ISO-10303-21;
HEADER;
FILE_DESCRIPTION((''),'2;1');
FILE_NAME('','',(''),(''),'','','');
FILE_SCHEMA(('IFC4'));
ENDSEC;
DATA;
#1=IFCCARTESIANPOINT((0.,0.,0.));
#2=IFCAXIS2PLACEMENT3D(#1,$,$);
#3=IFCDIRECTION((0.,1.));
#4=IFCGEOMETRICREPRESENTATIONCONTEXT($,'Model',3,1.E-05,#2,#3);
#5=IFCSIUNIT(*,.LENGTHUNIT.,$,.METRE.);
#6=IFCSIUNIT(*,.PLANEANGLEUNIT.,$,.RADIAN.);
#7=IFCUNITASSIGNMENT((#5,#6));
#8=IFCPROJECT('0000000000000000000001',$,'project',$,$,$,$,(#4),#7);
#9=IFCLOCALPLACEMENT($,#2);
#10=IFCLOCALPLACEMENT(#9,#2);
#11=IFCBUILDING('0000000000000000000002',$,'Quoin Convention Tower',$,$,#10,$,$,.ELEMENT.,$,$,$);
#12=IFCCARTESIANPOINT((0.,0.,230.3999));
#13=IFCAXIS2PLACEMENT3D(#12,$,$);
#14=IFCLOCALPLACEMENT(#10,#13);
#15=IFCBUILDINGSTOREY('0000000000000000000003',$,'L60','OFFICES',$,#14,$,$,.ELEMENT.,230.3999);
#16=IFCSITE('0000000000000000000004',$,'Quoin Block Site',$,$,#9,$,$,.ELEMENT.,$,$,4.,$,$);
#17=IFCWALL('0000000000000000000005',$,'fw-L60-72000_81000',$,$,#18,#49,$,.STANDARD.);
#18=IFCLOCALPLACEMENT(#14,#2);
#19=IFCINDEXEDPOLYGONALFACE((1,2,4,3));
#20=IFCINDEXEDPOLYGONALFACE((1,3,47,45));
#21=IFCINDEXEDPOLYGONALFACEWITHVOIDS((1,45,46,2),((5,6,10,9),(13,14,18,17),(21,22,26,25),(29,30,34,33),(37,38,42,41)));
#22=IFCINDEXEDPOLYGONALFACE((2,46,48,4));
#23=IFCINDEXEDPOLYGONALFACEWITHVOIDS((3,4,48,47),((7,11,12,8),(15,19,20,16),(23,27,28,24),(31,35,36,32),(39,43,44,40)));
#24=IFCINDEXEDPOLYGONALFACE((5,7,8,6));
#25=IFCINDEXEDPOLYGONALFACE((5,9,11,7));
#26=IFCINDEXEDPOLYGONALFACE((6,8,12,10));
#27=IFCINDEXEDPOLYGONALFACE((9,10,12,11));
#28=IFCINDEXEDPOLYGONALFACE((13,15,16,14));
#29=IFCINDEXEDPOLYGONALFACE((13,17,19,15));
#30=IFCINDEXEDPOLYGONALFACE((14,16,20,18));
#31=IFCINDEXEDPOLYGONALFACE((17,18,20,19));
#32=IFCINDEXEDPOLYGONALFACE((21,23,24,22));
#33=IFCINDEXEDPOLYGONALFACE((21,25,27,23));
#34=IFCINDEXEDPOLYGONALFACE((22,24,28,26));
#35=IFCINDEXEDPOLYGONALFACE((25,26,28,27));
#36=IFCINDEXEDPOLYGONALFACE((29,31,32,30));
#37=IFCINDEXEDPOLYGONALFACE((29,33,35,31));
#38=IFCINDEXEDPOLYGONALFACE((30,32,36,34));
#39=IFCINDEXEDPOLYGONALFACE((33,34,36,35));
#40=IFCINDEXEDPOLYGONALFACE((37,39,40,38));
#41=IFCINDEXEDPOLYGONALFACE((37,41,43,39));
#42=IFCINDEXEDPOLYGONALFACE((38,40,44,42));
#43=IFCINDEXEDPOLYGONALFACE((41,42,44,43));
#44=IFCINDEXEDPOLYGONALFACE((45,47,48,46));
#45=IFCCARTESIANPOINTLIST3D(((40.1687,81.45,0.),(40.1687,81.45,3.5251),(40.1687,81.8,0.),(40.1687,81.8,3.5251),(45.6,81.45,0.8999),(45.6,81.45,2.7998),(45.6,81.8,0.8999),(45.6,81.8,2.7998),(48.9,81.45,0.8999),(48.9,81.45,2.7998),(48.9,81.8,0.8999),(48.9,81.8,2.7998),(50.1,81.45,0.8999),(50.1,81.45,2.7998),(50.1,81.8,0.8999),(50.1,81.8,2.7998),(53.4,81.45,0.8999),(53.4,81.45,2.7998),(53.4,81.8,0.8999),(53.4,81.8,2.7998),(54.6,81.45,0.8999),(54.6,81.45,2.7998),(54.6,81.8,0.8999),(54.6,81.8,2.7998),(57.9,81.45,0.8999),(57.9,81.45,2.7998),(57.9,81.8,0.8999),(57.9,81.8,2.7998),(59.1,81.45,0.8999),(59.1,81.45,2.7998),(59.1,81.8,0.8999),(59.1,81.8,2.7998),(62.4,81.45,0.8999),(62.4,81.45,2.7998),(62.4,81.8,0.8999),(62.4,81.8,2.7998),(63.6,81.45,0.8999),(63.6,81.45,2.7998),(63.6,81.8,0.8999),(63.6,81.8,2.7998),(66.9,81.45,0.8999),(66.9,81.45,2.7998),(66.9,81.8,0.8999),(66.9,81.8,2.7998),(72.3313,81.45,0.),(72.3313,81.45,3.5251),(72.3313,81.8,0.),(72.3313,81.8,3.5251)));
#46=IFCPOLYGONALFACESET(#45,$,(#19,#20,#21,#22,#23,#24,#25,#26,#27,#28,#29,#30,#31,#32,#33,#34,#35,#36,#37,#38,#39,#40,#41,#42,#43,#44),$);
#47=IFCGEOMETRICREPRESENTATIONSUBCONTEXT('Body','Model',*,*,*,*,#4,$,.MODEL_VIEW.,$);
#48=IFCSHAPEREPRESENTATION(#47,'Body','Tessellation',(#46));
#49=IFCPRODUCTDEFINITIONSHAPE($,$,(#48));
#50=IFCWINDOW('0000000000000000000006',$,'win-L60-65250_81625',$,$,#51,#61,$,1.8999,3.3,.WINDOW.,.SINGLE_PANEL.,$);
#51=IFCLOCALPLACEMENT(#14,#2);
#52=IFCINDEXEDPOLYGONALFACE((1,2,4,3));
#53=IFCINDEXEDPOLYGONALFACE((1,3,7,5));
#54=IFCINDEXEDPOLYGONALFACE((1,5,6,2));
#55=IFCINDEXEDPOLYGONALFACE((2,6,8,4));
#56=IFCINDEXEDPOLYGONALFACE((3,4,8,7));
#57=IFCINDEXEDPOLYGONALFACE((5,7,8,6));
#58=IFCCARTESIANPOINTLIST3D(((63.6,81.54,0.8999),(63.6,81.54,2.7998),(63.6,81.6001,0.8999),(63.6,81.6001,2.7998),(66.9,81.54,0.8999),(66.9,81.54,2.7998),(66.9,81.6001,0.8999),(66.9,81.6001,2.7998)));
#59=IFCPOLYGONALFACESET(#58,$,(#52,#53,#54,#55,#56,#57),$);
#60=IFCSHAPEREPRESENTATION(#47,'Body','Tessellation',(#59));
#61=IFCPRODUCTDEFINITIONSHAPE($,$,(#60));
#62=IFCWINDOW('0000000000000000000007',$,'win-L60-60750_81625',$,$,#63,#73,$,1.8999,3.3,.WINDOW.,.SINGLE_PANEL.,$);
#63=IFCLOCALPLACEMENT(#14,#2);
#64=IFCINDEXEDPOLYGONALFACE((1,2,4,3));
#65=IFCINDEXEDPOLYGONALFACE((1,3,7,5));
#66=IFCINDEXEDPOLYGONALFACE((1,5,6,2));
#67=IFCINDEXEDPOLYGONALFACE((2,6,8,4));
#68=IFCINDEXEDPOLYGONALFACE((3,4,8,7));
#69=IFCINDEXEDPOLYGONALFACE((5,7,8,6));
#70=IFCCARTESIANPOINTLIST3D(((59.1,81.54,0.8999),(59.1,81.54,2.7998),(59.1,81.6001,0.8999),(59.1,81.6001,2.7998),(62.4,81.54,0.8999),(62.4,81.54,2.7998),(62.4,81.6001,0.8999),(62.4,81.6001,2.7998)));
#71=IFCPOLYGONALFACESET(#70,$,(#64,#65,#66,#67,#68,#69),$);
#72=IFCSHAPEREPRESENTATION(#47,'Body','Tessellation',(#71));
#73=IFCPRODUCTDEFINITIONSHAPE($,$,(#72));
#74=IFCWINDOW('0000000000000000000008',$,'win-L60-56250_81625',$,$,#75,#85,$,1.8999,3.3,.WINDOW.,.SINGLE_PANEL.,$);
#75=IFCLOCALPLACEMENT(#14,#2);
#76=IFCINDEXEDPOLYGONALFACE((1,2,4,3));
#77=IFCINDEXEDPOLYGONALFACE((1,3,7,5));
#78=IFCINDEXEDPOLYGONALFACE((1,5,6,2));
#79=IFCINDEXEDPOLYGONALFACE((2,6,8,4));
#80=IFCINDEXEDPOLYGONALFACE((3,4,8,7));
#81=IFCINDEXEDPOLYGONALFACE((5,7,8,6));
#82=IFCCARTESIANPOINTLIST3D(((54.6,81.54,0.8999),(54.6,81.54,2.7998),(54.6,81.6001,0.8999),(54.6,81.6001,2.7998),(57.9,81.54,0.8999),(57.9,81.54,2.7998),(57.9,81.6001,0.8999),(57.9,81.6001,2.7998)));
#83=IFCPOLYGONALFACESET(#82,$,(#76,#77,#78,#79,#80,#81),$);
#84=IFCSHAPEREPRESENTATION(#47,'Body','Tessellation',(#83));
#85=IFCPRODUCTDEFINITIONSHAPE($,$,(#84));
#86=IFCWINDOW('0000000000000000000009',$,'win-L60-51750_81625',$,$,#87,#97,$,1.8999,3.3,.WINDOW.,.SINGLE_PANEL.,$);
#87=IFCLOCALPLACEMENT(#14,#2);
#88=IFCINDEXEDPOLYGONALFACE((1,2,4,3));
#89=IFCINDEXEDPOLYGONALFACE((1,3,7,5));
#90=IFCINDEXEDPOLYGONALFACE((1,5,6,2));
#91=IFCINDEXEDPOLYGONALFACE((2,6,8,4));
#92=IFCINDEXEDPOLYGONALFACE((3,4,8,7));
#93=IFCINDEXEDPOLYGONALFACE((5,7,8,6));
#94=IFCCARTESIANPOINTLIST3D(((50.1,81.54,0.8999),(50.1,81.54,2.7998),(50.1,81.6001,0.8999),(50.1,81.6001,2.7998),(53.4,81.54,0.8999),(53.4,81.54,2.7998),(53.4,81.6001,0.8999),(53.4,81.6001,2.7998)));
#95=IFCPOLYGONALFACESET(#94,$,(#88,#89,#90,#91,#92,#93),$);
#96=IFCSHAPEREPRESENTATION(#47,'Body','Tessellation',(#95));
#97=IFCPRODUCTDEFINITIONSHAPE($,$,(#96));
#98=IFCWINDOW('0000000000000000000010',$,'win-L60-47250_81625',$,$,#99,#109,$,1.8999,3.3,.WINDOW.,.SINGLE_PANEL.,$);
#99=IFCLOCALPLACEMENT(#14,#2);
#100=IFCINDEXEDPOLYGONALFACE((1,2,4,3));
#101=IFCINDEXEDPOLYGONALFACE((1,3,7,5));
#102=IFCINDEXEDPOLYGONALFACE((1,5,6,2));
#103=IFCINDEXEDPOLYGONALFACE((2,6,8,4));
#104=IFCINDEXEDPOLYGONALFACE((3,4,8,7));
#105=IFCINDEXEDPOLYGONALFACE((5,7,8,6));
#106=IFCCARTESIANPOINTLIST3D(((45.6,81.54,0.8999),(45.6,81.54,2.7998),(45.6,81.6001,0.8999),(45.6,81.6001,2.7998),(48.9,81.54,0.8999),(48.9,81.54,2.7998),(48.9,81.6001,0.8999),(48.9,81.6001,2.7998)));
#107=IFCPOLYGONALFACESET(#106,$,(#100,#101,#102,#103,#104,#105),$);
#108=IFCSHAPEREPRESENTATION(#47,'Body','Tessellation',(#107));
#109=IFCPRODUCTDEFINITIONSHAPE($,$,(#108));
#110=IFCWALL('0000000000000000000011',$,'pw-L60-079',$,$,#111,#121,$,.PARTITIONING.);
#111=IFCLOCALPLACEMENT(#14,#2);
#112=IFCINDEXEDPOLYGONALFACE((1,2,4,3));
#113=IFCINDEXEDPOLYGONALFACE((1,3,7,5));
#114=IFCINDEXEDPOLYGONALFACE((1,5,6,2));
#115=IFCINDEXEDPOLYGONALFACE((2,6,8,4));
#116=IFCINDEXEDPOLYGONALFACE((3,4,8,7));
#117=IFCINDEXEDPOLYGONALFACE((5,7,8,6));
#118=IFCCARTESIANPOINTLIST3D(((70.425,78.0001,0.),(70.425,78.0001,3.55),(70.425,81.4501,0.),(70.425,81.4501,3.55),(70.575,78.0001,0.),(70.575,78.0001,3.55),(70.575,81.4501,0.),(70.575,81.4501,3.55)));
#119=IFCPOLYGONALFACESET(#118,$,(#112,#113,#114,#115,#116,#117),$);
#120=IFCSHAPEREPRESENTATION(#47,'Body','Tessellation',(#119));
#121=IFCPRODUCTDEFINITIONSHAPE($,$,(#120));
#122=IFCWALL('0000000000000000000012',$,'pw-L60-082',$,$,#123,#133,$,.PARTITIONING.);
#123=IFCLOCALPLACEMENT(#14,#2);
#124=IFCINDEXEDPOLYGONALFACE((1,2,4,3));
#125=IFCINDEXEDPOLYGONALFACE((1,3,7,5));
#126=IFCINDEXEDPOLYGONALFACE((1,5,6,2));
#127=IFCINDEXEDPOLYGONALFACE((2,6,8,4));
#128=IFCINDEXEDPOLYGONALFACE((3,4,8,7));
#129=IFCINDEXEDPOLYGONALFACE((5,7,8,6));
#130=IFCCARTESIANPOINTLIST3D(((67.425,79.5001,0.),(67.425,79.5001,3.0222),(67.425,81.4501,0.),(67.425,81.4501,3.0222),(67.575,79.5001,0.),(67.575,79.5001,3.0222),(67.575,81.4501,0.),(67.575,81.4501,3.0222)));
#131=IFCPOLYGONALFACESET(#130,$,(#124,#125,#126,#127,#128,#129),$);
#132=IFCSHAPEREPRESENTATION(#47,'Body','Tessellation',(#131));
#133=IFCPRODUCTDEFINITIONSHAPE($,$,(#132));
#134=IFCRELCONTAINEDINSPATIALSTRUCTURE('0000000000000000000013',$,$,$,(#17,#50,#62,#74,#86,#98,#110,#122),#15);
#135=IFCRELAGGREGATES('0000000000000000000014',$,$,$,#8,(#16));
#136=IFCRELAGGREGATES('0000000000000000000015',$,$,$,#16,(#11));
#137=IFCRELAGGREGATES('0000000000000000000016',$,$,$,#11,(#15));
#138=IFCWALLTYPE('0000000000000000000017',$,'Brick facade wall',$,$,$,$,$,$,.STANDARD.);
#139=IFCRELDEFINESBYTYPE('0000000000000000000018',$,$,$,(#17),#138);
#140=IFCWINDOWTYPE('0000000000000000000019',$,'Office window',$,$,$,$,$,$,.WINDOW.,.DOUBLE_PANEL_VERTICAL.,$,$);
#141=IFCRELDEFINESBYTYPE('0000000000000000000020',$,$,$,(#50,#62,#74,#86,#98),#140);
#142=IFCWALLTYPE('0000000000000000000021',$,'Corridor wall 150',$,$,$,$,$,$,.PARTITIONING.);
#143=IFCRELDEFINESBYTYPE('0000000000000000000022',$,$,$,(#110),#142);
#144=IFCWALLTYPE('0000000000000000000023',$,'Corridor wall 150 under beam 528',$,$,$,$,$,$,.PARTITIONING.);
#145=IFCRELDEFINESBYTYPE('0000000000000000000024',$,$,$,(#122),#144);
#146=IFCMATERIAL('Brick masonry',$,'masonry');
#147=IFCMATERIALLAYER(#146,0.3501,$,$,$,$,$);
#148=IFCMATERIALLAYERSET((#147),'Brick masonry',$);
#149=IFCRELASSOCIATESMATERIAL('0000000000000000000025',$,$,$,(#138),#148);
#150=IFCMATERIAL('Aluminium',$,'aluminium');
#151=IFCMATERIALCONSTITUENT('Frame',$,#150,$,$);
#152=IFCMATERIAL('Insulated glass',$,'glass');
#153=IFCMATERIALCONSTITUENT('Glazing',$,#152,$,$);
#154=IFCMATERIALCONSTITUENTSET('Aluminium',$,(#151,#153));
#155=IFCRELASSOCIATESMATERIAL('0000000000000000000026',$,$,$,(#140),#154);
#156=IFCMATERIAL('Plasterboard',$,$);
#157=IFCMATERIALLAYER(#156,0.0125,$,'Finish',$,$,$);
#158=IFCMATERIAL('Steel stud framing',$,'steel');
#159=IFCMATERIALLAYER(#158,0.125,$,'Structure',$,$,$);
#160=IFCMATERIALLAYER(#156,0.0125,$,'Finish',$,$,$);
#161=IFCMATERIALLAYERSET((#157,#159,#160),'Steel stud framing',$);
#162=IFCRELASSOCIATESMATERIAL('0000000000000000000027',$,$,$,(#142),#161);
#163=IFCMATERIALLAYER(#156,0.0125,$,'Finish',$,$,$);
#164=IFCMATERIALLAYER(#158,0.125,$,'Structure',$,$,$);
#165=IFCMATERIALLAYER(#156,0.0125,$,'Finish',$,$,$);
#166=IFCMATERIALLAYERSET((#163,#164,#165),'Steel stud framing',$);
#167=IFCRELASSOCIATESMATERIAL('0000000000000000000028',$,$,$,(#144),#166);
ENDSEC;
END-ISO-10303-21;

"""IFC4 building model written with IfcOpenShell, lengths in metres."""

from ifc_helpers import new_model, si_unit, direction, frame, frame_2d, origin, place, context, subcontext, project, spatial, rectangle, extrude, material, layer, layer_set, constituent, constituent_set, type_object, element, fill, save


model = new_model("IFC4")

# Units and contexts
model_context = context("Model", 3, precision=1e-05, world=origin(), true_north=direction((0.0, 1.0)))
body_context = subcontext(model_context, "Body", "Model", "MODEL_VIEW")
ifc_project = project(units=[si_unit("LENGTHUNIT", "METRE"), si_unit("PLANEANGLEUNIT", "RADIAN")], contexts=[model_context])

# Site, building, storey
site_placement = place(None, origin())
site = spatial("IfcSite", under=ifc_project, at=site_placement, Name="Quoin Block Site", CompositionType="ELEMENT", RefElevation=4.0)
building_placement = place(site_placement, origin())
building = spatial("IfcBuilding", under=site, at=building_placement, Name="Quoin Convention Tower", CompositionType="ELEMENT")
storey_placement = place(building_placement, frame((0.0, 0.0, 230.3999)))
storey = spatial("IfcBuildingStorey", under=building, at=storey_placement, Name="L60", Description="OFFICES", CompositionType="ELEMENT", Elevation=230.3999)

# Shared definitions
ifc_material_1 = material(Name="Plasterboard")
ifc_material_2 = material(Name="Steel stud framing", Category="steel")

# Shared definitions
ifc_material_3 = material(Name="Brick masonry", Category="masonry")
ifc_layer_1 = layer(ifc_material_3, 0.3501)
ifc_layer_set_1 = layer_set([ifc_layer_1], Name="Brick masonry")
wall_type_1 = type_object("IfcWallType", Name="Brick facade wall", PredefinedType="STANDARD", material=ifc_layer_set_1)
ifc_material_4 = material(Name="Aluminium", Category="aluminium")
ifc_constituent_1 = constituent(ifc_material_4, Name="Frame")
ifc_material_5 = material(Name="Insulated glass", Category="glass")
ifc_constituent_2 = constituent(ifc_material_5, Name="Glazing")
ifc_constituent_set = constituent_set(constituents=[ifc_constituent_1, ifc_constituent_2], Name="Aluminium")
window_type = type_object("IfcWindowType", Name="Office window", PartitioningType="DOUBLE_PANEL_VERTICAL", PredefinedType="WINDOW", material=ifc_constituent_set)

# Wall, openings, windows
wall_1_placement = place(storey_placement, frame((72.3313, 81.625, 0.0), z_axis=(0.0, 0.0, 1.0), x_axis=(-1.0, 0.0, 0.0)))
wall_1 = element("IfcWall", 1, at=wall_1_placement, inside=storey, type_object=wall_type_1, Name="fw-L60-72000_81000", PredefinedType="STANDARD", context=body_context, shape_type="SweptSolid", body=[
    extrude(rectangle(XDim=32.1626, YDim=0.3501, at=frame_2d((16.0813, 0.0))), origin(), (0.0, 0.0, 1.0), 3.5251),
])
opening_1_placement = place(wall_1_placement, frame((5.4314, 0.0, 0.8999)))
opening_1 = element("IfcOpeningElement", 2, at=opening_1_placement, cuts=wall_1, PredefinedType="OPENING", context=body_context, shape_type="SweptSolid", body=[
    extrude(rectangle(XDim=3.3, YDim=1.8999, at=frame_2d((1.6499, 0.95))), frame((0.0, 0.1851, 0.0), z_axis=(0.0, -1.0, 0.0), x_axis=(1.0, 0.0, 0.0)), (0.0, 0.0, 1.0), 0.3701),
])
opening_2_placement = place(wall_1_placement, frame((9.9314, 0.0, 0.8999)))
opening_2 = element("IfcOpeningElement", 3, at=opening_2_placement, cuts=wall_1, PredefinedType="OPENING", context=body_context, shape_type="SweptSolid", body=[
    extrude(rectangle(XDim=3.3, YDim=1.8999, at=frame_2d((1.6499, 0.95))), frame((0.0, 0.1851, 0.0), z_axis=(0.0, -1.0, 0.0), x_axis=(1.0, 0.0, 0.0)), (0.0, 0.0, 1.0), 0.3701),
])
opening_3_placement = place(wall_1_placement, frame((14.4314, 0.0, 0.8999)))
opening_3 = element("IfcOpeningElement", 4, at=opening_3_placement, cuts=wall_1, PredefinedType="OPENING", context=body_context, shape_type="SweptSolid", body=[
    extrude(rectangle(XDim=3.3, YDim=1.8999, at=frame_2d((1.6499, 0.95))), frame((0.0, 0.1851, 0.0), z_axis=(0.0, -1.0, 0.0), x_axis=(1.0, 0.0, 0.0)), (0.0, 0.0, 1.0), 0.3701),
])
opening_4_placement = place(wall_1_placement, frame((18.9314, 0.0, 0.8999)))
opening_4 = element("IfcOpeningElement", 5, at=opening_4_placement, cuts=wall_1, PredefinedType="OPENING", context=body_context, shape_type="SweptSolid", body=[
    extrude(rectangle(XDim=3.3, YDim=1.8999, at=frame_2d((1.6499, 0.95))), frame((0.0, 0.1851, 0.0), z_axis=(0.0, -1.0, 0.0), x_axis=(1.0, 0.0, 0.0)), (0.0, 0.0, 1.0), 0.3701),
])
opening_5_placement = place(wall_1_placement, frame((23.4314, 0.0, 0.8999)))
opening_5 = element("IfcOpeningElement", 6, at=opening_5_placement, cuts=wall_1, PredefinedType="OPENING", context=body_context, shape_type="SweptSolid", body=[
    extrude(rectangle(XDim=3.3, YDim=1.8999, at=frame_2d((1.6499, 0.95))), frame((0.0, 0.1851, 0.0), z_axis=(0.0, -1.0, 0.0), x_axis=(1.0, 0.0, 0.0)), (0.0, 0.0, 1.0), 0.3701),
])
window_1_placement = place(opening_1_placement, origin())
window_1 = element("IfcWindow", 7, at=window_1_placement, inside=storey, type_object=window_type, Name="win-L60-65250_81625", OverallHeight=1.8999, OverallWidth=3.3, PartitioningType="SINGLE_PANEL", PredefinedType="WINDOW", context=body_context, shape_type="SweptSolid", body=[
    extrude(rectangle(XDim=3.3, YDim=1.8999, at=frame_2d((1.6499, 0.95))), frame((0.0, 0.085, 0.0), z_axis=(0.0, -1.0, 0.0), x_axis=(1.0, 0.0, 0.0)), (0.0, 0.0, 1.0), 0.0601),
])
fill(opening_1, window_1)
window_2_placement = place(opening_2_placement, origin())
window_2 = element("IfcWindow", 8, at=window_2_placement, inside=storey, type_object=window_type, Name="win-L60-60750_81625", OverallHeight=1.8999, OverallWidth=3.3, PartitioningType="SINGLE_PANEL", PredefinedType="WINDOW", context=body_context, shape_type="SweptSolid", body=[
    extrude(rectangle(XDim=3.3, YDim=1.8999, at=frame_2d((1.6499, 0.95))), frame((0.0, 0.085, 0.0), z_axis=(0.0, -1.0, 0.0), x_axis=(1.0, 0.0, 0.0)), (0.0, 0.0, 1.0), 0.0601),
])
fill(opening_2, window_2)
window_3_placement = place(opening_3_placement, origin())
window_3 = element("IfcWindow", 9, at=window_3_placement, inside=storey, type_object=window_type, Name="win-L60-56250_81625", OverallHeight=1.8999, OverallWidth=3.3, PartitioningType="SINGLE_PANEL", PredefinedType="WINDOW", context=body_context, shape_type="SweptSolid", body=[
    extrude(rectangle(XDim=3.3, YDim=1.8999, at=frame_2d((1.6499, 0.95))), frame((0.0, 0.085, 0.0), z_axis=(0.0, -1.0, 0.0), x_axis=(1.0, 0.0, 0.0)), (0.0, 0.0, 1.0), 0.0601),
])
fill(opening_3, window_3)
window_4_placement = place(opening_4_placement, origin())
window_4 = element("IfcWindow", 10, at=window_4_placement, inside=storey, type_object=window_type, Name="win-L60-51750_81625", OverallHeight=1.8999, OverallWidth=3.3, PartitioningType="SINGLE_PANEL", PredefinedType="WINDOW", context=body_context, shape_type="SweptSolid", body=[
    extrude(rectangle(XDim=3.3, YDim=1.8999, at=frame_2d((1.6499, 0.95))), frame((0.0, 0.085, 0.0), z_axis=(0.0, -1.0, 0.0), x_axis=(1.0, 0.0, 0.0)), (0.0, 0.0, 1.0), 0.0601),
])
fill(opening_4, window_4)
window_5_placement = place(opening_5_placement, origin())
window_5 = element("IfcWindow", 11, at=window_5_placement, inside=storey, type_object=window_type, Name="win-L60-47250_81625", OverallHeight=1.8999, OverallWidth=3.3, PartitioningType="SINGLE_PANEL", PredefinedType="WINDOW", context=body_context, shape_type="SweptSolid", body=[
    extrude(rectangle(XDim=3.3, YDim=1.8999, at=frame_2d((1.6499, 0.95))), frame((0.0, 0.085, 0.0), z_axis=(0.0, -1.0, 0.0), x_axis=(1.0, 0.0, 0.0)), (0.0, 0.0, 1.0), 0.0601),
])
fill(opening_5, window_5)

# Walls
ifc_layer_2 = layer(ifc_material_1, 0.0125, Name="Finish")
ifc_layer_3 = layer(ifc_material_2, 0.125, Name="Structure")
ifc_layer_4 = layer(ifc_material_1, 0.0125, Name="Finish")
ifc_layer_set_2 = layer_set([ifc_layer_2, ifc_layer_3, ifc_layer_4], Name="Steel stud framing")
wall_type_2 = type_object("IfcWallType", Name="Corridor wall 150", PredefinedType="PARTITIONING", material=ifc_layer_set_2)
wall_2_placement = place(storey_placement, frame((70.5, 78.0, 0.0), z_axis=(0.0, 0.0, 1.0), x_axis=(0.0, 1.0, 0.0)))
element("IfcWall", 12, at=wall_2_placement, inside=storey, type_object=wall_type_2, Name="pw-L60-079", PredefinedType="PARTITIONING", context=body_context, shape_type="SweptSolid", body=[
    extrude(rectangle(XDim=3.45, YDim=0.1499, at=frame_2d((1.7251, 0.0))), origin(), (0.0, 0.0, 1.0), 3.55),
])
ifc_layer_5 = layer(ifc_material_1, 0.0125, Name="Finish")
ifc_layer_6 = layer(ifc_material_2, 0.125, Name="Structure")
ifc_layer_7 = layer(ifc_material_1, 0.0125, Name="Finish")
ifc_layer_set_3 = layer_set([ifc_layer_5, ifc_layer_6, ifc_layer_7], Name="Steel stud framing")
wall_type_3 = type_object("IfcWallType", Name="Corridor wall 150 under beam 528", PredefinedType="PARTITIONING", material=ifc_layer_set_3)
wall_3_placement = place(storey_placement, frame((67.5, 79.5, 0.0), z_axis=(0.0, 0.0, 1.0), x_axis=(0.0, 1.0, 0.0)))
element("IfcWall", 13, at=wall_3_placement, inside=storey, type_object=wall_type_3, Name="pw-L60-082", PredefinedType="PARTITIONING", context=body_context, shape_type="SweptSolid", body=[
    extrude(rectangle(XDim=1.95, YDim=0.1499, at=frame_2d((0.9751, 0.0))), origin(), (0.0, 0.0, 1.0), 3.0222),
])

save(model, "model.ifc")
